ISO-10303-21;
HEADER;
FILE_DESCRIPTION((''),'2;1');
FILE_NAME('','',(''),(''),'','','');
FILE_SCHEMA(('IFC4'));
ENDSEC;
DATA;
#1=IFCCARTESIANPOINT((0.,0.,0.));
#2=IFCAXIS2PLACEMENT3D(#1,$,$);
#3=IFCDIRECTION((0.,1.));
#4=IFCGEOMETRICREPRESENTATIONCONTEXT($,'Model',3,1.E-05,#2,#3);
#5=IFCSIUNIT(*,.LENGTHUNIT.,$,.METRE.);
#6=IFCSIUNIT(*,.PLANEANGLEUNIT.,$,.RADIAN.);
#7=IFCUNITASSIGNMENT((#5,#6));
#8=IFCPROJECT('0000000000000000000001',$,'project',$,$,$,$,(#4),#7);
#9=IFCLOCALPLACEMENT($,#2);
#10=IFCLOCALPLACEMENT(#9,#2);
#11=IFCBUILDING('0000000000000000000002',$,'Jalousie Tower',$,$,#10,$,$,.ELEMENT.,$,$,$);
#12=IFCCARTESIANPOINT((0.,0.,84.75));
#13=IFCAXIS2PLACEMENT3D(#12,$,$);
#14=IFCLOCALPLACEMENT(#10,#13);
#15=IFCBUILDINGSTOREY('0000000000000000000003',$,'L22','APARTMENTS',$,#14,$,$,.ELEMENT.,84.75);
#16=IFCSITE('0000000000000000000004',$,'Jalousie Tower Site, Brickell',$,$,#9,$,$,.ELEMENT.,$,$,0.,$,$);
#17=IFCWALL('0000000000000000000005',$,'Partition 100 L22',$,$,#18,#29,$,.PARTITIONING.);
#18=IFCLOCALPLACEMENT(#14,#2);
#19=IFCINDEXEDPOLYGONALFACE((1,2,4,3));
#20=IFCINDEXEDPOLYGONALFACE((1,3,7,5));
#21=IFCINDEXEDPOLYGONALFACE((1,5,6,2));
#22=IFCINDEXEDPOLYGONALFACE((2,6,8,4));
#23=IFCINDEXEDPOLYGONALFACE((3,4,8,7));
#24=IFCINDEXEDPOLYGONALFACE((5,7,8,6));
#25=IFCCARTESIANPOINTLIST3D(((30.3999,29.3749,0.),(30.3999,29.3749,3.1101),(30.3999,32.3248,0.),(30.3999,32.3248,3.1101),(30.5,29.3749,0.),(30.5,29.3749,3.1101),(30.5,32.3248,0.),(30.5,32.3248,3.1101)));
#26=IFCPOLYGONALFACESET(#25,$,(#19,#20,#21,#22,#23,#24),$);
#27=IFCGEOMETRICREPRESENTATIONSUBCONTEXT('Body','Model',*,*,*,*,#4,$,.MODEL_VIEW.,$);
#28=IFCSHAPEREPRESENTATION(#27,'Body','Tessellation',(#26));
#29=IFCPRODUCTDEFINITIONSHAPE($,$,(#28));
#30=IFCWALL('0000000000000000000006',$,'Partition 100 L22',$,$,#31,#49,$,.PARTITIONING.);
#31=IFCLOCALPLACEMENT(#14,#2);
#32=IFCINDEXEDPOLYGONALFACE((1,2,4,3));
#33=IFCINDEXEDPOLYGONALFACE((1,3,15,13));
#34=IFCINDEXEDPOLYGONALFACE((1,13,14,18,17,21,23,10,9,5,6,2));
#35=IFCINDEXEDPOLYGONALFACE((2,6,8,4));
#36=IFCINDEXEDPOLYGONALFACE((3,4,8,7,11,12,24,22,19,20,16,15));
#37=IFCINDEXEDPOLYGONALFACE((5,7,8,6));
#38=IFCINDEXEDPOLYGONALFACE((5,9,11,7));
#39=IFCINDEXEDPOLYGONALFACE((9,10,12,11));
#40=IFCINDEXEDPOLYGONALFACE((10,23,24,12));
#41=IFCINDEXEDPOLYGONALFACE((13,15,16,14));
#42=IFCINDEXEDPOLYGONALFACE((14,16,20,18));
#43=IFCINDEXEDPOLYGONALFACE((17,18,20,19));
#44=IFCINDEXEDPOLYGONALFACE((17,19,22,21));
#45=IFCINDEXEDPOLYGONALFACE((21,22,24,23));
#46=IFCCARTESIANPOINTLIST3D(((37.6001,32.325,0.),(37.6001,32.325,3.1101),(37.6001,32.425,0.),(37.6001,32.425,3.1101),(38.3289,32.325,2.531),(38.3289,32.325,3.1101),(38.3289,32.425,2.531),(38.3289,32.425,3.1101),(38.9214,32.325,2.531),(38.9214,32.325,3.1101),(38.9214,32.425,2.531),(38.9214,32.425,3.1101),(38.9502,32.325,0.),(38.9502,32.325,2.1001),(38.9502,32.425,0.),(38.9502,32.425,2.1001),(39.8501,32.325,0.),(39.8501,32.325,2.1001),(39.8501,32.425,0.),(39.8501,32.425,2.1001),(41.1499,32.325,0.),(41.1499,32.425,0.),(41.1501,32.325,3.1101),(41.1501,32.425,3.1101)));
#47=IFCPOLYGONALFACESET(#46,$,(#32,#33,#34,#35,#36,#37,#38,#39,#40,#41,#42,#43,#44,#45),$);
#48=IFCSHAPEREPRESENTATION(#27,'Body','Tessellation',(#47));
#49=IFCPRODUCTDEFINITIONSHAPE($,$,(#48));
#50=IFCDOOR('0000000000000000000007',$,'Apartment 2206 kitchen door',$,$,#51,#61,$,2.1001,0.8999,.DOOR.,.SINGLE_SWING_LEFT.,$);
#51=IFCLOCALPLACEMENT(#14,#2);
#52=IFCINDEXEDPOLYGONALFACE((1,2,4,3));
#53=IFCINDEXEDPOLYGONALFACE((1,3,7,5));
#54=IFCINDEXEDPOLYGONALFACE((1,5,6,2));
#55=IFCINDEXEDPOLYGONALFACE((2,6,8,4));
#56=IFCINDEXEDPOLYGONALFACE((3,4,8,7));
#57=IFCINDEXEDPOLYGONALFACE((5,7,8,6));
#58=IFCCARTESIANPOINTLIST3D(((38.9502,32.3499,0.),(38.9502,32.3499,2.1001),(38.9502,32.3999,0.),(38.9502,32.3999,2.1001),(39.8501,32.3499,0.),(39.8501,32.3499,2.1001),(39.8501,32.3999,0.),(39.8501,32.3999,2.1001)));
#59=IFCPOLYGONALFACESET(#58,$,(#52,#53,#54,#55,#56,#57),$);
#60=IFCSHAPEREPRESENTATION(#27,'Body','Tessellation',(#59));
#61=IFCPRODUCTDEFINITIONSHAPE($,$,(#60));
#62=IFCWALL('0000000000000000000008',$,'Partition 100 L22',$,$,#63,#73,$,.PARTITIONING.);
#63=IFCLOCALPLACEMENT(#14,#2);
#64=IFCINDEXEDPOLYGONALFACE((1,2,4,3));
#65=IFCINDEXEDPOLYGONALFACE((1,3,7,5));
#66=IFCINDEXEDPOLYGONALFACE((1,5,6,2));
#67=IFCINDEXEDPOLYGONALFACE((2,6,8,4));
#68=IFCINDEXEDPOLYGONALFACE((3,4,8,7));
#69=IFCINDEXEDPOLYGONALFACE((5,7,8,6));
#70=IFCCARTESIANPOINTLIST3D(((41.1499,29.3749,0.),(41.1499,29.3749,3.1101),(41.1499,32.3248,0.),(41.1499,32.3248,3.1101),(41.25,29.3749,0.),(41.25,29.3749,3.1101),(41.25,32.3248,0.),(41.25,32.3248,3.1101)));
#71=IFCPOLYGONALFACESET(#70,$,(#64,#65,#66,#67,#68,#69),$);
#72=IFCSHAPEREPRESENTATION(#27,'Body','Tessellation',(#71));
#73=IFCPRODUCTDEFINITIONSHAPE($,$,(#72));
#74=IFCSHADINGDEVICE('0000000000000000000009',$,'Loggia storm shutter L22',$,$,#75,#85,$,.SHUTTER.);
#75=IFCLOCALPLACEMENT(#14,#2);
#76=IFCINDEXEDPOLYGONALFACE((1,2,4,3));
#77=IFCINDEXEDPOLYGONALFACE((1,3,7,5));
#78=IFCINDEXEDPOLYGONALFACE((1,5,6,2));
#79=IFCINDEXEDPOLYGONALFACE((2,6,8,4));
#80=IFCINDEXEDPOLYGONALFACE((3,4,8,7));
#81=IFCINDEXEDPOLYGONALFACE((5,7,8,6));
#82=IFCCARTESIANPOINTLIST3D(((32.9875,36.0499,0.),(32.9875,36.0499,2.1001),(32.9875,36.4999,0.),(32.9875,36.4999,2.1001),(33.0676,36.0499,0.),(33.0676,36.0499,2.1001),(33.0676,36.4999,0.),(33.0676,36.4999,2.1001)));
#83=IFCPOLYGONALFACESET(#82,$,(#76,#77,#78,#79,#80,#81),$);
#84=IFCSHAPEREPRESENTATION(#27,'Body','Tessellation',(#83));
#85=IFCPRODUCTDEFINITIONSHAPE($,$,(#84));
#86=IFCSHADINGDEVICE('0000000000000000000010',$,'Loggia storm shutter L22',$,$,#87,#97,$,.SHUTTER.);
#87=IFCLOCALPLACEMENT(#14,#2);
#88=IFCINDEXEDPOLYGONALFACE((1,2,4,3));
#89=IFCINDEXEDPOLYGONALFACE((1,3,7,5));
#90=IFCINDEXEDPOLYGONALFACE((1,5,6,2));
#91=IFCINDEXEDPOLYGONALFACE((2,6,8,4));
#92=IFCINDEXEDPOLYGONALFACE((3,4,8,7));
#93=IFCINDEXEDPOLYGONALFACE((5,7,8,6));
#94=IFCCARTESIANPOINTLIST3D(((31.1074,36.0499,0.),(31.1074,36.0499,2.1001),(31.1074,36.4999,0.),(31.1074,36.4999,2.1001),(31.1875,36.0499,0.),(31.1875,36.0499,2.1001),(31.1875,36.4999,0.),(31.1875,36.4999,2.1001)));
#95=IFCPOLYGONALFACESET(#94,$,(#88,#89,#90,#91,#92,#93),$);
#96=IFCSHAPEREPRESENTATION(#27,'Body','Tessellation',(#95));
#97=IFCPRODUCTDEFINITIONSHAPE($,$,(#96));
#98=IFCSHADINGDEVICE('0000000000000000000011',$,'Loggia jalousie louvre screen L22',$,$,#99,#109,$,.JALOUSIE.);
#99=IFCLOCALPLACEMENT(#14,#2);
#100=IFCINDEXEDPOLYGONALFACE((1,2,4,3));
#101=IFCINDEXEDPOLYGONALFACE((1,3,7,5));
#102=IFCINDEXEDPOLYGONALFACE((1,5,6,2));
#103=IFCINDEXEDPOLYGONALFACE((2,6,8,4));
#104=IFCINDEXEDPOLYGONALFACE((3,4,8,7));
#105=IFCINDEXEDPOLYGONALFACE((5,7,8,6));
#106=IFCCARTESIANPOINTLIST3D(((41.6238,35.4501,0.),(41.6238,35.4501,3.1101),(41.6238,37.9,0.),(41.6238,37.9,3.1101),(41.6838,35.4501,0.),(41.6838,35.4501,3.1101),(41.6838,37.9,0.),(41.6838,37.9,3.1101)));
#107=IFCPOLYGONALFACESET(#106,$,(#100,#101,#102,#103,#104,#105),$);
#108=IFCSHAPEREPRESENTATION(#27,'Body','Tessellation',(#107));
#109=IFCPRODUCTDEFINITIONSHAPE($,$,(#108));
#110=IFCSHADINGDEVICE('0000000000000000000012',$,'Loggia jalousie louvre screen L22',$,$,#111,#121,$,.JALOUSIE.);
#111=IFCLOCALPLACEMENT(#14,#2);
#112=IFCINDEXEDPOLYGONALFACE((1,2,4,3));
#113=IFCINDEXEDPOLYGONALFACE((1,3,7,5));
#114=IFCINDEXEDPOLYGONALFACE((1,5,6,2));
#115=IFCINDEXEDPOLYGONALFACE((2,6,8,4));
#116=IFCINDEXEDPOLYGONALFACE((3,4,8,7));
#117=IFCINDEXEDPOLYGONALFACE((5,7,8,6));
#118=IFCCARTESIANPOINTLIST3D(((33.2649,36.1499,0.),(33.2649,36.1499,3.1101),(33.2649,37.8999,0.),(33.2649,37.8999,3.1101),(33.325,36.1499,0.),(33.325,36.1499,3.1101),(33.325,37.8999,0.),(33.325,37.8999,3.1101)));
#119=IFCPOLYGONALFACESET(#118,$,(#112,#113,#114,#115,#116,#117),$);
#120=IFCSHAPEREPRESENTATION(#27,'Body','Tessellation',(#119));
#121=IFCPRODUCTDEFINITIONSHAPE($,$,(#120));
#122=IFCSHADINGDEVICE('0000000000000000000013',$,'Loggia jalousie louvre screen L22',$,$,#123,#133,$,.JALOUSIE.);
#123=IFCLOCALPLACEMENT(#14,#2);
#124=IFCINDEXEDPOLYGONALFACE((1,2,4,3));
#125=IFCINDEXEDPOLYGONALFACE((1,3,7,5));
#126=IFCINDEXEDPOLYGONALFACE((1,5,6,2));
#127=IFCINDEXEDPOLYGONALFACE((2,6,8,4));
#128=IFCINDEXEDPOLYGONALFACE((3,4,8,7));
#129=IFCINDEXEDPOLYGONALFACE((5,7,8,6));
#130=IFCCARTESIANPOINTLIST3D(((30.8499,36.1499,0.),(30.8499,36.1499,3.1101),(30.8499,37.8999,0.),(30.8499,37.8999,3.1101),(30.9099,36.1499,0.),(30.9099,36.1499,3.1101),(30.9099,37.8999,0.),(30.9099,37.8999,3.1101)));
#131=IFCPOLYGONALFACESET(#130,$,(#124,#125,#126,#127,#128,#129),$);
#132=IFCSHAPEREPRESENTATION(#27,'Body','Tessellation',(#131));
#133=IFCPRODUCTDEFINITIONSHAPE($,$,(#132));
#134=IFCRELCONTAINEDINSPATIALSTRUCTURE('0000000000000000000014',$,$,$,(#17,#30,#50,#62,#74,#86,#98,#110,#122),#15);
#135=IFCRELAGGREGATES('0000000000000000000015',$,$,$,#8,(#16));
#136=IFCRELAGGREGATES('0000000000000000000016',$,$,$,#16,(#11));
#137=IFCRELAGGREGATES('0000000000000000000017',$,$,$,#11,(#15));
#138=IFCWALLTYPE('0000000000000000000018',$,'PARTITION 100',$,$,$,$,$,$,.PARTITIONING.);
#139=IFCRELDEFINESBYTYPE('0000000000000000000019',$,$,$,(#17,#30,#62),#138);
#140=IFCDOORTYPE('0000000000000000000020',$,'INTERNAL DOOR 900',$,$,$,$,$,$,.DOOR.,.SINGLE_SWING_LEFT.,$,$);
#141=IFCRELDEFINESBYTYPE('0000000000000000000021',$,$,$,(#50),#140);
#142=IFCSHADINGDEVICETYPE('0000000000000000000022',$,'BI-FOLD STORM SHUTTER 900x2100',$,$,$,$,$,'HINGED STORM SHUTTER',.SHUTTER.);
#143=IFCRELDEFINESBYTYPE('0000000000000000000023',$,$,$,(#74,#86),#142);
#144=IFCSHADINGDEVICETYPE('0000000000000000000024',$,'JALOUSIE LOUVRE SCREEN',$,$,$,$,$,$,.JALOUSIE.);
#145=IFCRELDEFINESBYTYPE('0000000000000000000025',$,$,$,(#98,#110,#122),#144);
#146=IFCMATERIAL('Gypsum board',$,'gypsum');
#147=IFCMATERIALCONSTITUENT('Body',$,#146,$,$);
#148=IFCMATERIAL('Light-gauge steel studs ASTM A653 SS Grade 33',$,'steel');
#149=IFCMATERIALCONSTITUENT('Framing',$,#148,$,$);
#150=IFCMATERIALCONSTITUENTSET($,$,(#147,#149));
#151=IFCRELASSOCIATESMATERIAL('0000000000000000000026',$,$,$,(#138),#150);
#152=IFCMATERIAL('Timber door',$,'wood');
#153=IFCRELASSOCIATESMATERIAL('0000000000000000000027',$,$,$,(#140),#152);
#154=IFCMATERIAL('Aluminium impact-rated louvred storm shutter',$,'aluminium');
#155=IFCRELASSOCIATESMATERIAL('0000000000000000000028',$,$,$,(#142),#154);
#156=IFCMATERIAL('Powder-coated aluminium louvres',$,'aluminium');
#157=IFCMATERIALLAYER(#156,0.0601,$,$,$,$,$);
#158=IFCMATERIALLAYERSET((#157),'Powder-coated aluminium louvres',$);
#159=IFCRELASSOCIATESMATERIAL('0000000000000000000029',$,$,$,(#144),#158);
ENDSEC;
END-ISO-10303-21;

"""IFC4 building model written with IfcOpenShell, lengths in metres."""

from ifc_helpers import new_model, si_unit, direction, frame, frame_2d, origin, origin_2d, place, context, subcontext, project, spatial, polyline, rectangle, outline, extrude, material, layer, layer_set, constituent, constituent_set, type_object, element, fill, save


model = new_model("IFC4")

# Units and contexts
model_context = context("Model", 3, precision=1e-05, world=origin(), true_north=direction((0.0, 1.0)))
body_context = subcontext(model_context, "Body", "Model", "MODEL_VIEW")
ifc_project = project(units=[si_unit("LENGTHUNIT", "METRE"), si_unit("PLANEANGLEUNIT", "RADIAN")], contexts=[model_context])

# Site, building, storey
site_placement = place(None, origin())
site = spatial("IfcSite", under=ifc_project, at=site_placement, Name="Jalousie Tower Site, Brickell", CompositionType="ELEMENT", RefElevation=0.0)
building_placement = place(site_placement, origin())
building = spatial("IfcBuilding", under=site, at=building_placement, Name="Jalousie Tower", CompositionType="ELEMENT")
storey_placement = place(building_placement, frame((0.0, 0.0, 84.75)))
storey = spatial("IfcBuildingStorey", under=building, at=storey_placement, Name="L22", Description="APARTMENTS", CompositionType="ELEMENT", Elevation=84.75)

# Wall
ifc_material_1 = material(Name="Gypsum board", Category="gypsum")
ifc_constituent_1 = constituent(ifc_material_1, Name="Body")
ifc_material_2 = material(Name="Light-gauge steel studs ASTM A653 SS Grade 33", Category="steel")
ifc_constituent_2 = constituent(ifc_material_2, Name="Framing")
ifc_constituent_set_1 = constituent_set(constituents=[ifc_constituent_1, ifc_constituent_2])
wall_type_1 = type_object("IfcWallType", Name="PARTITION 100", PredefinedType="PARTITIONING", material=ifc_constituent_set_1)
wall_1_placement = place(storey_placement, frame((30.45, 32.325, 0.0), z_axis=(0.0, 0.0, 1.0), x_axis=(0.0, -1.0, 0.0)))
element("IfcWall", 1, at=wall_1_placement, inside=storey, type_object=wall_type_1, Name="Partition 100 L22", PredefinedType="PARTITIONING", context=body_context, shape_type="SweptSolid", body=[
    extrude(rectangle(XDim=2.95, YDim=0.1001, at=frame_2d((1.4751, 0.0))), origin(), (0.0, 0.0, 1.0), 3.1101),
])

# Wall, opening, door
wall_2_placement = place(storey_placement, frame((37.6001, 32.375, 0.0), z_axis=(0.0, 0.0, 1.0), x_axis=(1.0, 0.0, 0.0)))
wall_2 = element("IfcWall", 2, at=wall_2_placement, inside=storey, type_object=wall_type_1, Name="Partition 100 L22", PredefinedType="PARTITIONING", context=body_context, shape_type="SweptSolid", body=[
    extrude(outline(polyline([(0.0, 0.0), (3.5498, 0.0), (3.55, 3.1101), (1.3213, 3.1101), (1.3213, 2.531), (0.7288, 2.531), (0.7288, 3.1101), (0.0, 3.1101), (0.0, 0.0)])), frame((0.0, 0.05, 0.0), z_axis=(0.0, -1.0, 0.0), x_axis=(1.0, 0.0, 0.0)), (0.0, 0.0, 1.0), 0.1001),
])
opening_1_placement = place(wall_2_placement, frame((1.3501, 0.0, 0.0)))
opening_1 = element("IfcOpeningElement", 3, at=opening_1_placement, cuts=wall_2, PredefinedType="OPENING", context=body_context, shape_type="SweptSolid", body=[
    extrude(rectangle(XDim=0.8999, YDim=2.1001, at=frame_2d((0.45, 1.05))), frame((0.0, 0.0601, 0.0), z_axis=(0.0, -1.0, 0.0), x_axis=(1.0, 0.0, 0.0)), (0.0, 0.0, 1.0), 0.1201),
])
ifc_material_3 = material(Name="Timber door", Category="wood")
door_type_1 = type_object("IfcDoorType", Name="INTERNAL DOOR 900", OperationType="SINGLE_SWING_LEFT", PredefinedType="DOOR", material=ifc_material_3)
door_1_placement = place(opening_1_placement, origin())
door_1 = element("IfcDoor", 4, at=door_1_placement, inside=storey, type_object=door_type_1, Name="Apartment 2206 kitchen door", OperationType="SINGLE_SWING_LEFT", OverallHeight=2.1001, OverallWidth=0.8999, PredefinedType="DOOR", context=body_context, shape_type="SweptSolid", body=[
    extrude(rectangle(XDim=0.8999, YDim=2.1001, at=frame_2d((0.45, 1.05))), frame((0.0, 0.0249, 0.0), z_axis=(0.0, -1.0, 0.0), x_axis=(1.0, 0.0, 0.0)), (0.0, 0.0, 1.0), 0.05),
])
fill(opening_1, door_1)

# Wall
wall_3_placement = place(storey_placement, frame((41.2, 32.325, 0.0), z_axis=(0.0, 0.0, 1.0), x_axis=(0.0, -1.0, 0.0)))
element("IfcWall", 5, at=wall_3_placement, inside=storey, type_object=wall_type_1, Name="Partition 100 L22", PredefinedType="PARTITIONING", context=body_context, shape_type="SweptSolid", body=[
    extrude(rectangle(XDim=2.95, YDim=0.1001, at=frame_2d((1.4751, 0.0))), origin(), (0.0, 0.0, 1.0), 3.1101),
])

# Shading devices
ifc_material_4 = material(Name="Aluminium impact-rated louvred storm shutter", Category="aluminium")
shading_device_type_1 = type_object("IfcShadingDeviceType", Name="BI-FOLD STORM SHUTTER 900x2100", ElementType="HINGED STORM SHUTTER", PredefinedType="SHUTTER", material=ifc_material_4)
for number, where, z_axis, x_axis, name in (
    (6, (33.0276, 36.2749, 0.0), (0.0, 0.0, 1.0), (0.0, -1.0, 0.0), "Loggia storm shutter L22"),
    (7, (31.1475, 36.2749, 0.0), (0.0, 0.0, 1.0), (0.0, -1.0, 0.0), "Loggia storm shutter L22"),
):
    element("IfcShadingDevice", number, at=place(storey_placement, frame(where, z_axis=z_axis, x_axis=x_axis)), inside=storey, type_object=shading_device_type_1, Name=name, PredefinedType="SHUTTER", context=body_context, shape_type="SweptSolid", body=[
        extrude(rectangle(XDim=0.45, YDim=0.0801, at=origin_2d()), origin(), (0.0, 0.0, 1.0), 2.1001),
    ])
ifc_material_5 = material(Name="Powder-coated aluminium louvres", Category="aluminium")
ifc_layer = layer(ifc_material_5, 0.0601)
ifc_layer_set = layer_set([ifc_layer], Name="Powder-coated aluminium louvres")
shading_device_type_2 = type_object("IfcShadingDeviceType", Name="JALOUSIE LOUVRE SCREEN", PredefinedType="JALOUSIE", material=ifc_layer_set)
shading_device_placement = place(storey_placement, frame((41.6538, 36.675, 0.0), z_axis=(0.0, 0.0, 1.0), x_axis=(-1.0, 0.0, 0.0)))
element("IfcShadingDevice", 8, at=shading_device_placement, inside=storey, type_object=shading_device_type_2, Name="Loggia jalousie louvre screen L22", PredefinedType="JALOUSIE", context=body_context, shape_type="SweptSolid", body=[
    extrude(rectangle(XDim=0.0601, YDim=2.45, at=origin_2d()), origin(), (0.0, 0.0, 1.0), 3.1101),
])
for number, where, z_axis, x_axis, name in (
    (9, (33.2949, 37.0249, 0.0), (0.0, 0.0, 1.0), (-1.0, 0.0, 0.0), "Loggia jalousie louvre screen L22"),
    (10, (30.8799, 37.0249, 0.0), (0.0, 0.0, 1.0), (-1.0, 0.0, 0.0), "Loggia jalousie louvre screen L22"),
):
    element("IfcShadingDevice", number, at=place(storey_placement, frame(where, z_axis=z_axis, x_axis=x_axis)), inside=storey, type_object=shading_device_type_2, Name=name, PredefinedType="JALOUSIE", context=body_context, shape_type="SweptSolid", body=[
        extrude(rectangle(XDim=0.0601, YDim=1.75, at=origin_2d()), origin(), (0.0, 0.0, 1.0), 3.1101),
    ])

save(model, "model.ifc")
